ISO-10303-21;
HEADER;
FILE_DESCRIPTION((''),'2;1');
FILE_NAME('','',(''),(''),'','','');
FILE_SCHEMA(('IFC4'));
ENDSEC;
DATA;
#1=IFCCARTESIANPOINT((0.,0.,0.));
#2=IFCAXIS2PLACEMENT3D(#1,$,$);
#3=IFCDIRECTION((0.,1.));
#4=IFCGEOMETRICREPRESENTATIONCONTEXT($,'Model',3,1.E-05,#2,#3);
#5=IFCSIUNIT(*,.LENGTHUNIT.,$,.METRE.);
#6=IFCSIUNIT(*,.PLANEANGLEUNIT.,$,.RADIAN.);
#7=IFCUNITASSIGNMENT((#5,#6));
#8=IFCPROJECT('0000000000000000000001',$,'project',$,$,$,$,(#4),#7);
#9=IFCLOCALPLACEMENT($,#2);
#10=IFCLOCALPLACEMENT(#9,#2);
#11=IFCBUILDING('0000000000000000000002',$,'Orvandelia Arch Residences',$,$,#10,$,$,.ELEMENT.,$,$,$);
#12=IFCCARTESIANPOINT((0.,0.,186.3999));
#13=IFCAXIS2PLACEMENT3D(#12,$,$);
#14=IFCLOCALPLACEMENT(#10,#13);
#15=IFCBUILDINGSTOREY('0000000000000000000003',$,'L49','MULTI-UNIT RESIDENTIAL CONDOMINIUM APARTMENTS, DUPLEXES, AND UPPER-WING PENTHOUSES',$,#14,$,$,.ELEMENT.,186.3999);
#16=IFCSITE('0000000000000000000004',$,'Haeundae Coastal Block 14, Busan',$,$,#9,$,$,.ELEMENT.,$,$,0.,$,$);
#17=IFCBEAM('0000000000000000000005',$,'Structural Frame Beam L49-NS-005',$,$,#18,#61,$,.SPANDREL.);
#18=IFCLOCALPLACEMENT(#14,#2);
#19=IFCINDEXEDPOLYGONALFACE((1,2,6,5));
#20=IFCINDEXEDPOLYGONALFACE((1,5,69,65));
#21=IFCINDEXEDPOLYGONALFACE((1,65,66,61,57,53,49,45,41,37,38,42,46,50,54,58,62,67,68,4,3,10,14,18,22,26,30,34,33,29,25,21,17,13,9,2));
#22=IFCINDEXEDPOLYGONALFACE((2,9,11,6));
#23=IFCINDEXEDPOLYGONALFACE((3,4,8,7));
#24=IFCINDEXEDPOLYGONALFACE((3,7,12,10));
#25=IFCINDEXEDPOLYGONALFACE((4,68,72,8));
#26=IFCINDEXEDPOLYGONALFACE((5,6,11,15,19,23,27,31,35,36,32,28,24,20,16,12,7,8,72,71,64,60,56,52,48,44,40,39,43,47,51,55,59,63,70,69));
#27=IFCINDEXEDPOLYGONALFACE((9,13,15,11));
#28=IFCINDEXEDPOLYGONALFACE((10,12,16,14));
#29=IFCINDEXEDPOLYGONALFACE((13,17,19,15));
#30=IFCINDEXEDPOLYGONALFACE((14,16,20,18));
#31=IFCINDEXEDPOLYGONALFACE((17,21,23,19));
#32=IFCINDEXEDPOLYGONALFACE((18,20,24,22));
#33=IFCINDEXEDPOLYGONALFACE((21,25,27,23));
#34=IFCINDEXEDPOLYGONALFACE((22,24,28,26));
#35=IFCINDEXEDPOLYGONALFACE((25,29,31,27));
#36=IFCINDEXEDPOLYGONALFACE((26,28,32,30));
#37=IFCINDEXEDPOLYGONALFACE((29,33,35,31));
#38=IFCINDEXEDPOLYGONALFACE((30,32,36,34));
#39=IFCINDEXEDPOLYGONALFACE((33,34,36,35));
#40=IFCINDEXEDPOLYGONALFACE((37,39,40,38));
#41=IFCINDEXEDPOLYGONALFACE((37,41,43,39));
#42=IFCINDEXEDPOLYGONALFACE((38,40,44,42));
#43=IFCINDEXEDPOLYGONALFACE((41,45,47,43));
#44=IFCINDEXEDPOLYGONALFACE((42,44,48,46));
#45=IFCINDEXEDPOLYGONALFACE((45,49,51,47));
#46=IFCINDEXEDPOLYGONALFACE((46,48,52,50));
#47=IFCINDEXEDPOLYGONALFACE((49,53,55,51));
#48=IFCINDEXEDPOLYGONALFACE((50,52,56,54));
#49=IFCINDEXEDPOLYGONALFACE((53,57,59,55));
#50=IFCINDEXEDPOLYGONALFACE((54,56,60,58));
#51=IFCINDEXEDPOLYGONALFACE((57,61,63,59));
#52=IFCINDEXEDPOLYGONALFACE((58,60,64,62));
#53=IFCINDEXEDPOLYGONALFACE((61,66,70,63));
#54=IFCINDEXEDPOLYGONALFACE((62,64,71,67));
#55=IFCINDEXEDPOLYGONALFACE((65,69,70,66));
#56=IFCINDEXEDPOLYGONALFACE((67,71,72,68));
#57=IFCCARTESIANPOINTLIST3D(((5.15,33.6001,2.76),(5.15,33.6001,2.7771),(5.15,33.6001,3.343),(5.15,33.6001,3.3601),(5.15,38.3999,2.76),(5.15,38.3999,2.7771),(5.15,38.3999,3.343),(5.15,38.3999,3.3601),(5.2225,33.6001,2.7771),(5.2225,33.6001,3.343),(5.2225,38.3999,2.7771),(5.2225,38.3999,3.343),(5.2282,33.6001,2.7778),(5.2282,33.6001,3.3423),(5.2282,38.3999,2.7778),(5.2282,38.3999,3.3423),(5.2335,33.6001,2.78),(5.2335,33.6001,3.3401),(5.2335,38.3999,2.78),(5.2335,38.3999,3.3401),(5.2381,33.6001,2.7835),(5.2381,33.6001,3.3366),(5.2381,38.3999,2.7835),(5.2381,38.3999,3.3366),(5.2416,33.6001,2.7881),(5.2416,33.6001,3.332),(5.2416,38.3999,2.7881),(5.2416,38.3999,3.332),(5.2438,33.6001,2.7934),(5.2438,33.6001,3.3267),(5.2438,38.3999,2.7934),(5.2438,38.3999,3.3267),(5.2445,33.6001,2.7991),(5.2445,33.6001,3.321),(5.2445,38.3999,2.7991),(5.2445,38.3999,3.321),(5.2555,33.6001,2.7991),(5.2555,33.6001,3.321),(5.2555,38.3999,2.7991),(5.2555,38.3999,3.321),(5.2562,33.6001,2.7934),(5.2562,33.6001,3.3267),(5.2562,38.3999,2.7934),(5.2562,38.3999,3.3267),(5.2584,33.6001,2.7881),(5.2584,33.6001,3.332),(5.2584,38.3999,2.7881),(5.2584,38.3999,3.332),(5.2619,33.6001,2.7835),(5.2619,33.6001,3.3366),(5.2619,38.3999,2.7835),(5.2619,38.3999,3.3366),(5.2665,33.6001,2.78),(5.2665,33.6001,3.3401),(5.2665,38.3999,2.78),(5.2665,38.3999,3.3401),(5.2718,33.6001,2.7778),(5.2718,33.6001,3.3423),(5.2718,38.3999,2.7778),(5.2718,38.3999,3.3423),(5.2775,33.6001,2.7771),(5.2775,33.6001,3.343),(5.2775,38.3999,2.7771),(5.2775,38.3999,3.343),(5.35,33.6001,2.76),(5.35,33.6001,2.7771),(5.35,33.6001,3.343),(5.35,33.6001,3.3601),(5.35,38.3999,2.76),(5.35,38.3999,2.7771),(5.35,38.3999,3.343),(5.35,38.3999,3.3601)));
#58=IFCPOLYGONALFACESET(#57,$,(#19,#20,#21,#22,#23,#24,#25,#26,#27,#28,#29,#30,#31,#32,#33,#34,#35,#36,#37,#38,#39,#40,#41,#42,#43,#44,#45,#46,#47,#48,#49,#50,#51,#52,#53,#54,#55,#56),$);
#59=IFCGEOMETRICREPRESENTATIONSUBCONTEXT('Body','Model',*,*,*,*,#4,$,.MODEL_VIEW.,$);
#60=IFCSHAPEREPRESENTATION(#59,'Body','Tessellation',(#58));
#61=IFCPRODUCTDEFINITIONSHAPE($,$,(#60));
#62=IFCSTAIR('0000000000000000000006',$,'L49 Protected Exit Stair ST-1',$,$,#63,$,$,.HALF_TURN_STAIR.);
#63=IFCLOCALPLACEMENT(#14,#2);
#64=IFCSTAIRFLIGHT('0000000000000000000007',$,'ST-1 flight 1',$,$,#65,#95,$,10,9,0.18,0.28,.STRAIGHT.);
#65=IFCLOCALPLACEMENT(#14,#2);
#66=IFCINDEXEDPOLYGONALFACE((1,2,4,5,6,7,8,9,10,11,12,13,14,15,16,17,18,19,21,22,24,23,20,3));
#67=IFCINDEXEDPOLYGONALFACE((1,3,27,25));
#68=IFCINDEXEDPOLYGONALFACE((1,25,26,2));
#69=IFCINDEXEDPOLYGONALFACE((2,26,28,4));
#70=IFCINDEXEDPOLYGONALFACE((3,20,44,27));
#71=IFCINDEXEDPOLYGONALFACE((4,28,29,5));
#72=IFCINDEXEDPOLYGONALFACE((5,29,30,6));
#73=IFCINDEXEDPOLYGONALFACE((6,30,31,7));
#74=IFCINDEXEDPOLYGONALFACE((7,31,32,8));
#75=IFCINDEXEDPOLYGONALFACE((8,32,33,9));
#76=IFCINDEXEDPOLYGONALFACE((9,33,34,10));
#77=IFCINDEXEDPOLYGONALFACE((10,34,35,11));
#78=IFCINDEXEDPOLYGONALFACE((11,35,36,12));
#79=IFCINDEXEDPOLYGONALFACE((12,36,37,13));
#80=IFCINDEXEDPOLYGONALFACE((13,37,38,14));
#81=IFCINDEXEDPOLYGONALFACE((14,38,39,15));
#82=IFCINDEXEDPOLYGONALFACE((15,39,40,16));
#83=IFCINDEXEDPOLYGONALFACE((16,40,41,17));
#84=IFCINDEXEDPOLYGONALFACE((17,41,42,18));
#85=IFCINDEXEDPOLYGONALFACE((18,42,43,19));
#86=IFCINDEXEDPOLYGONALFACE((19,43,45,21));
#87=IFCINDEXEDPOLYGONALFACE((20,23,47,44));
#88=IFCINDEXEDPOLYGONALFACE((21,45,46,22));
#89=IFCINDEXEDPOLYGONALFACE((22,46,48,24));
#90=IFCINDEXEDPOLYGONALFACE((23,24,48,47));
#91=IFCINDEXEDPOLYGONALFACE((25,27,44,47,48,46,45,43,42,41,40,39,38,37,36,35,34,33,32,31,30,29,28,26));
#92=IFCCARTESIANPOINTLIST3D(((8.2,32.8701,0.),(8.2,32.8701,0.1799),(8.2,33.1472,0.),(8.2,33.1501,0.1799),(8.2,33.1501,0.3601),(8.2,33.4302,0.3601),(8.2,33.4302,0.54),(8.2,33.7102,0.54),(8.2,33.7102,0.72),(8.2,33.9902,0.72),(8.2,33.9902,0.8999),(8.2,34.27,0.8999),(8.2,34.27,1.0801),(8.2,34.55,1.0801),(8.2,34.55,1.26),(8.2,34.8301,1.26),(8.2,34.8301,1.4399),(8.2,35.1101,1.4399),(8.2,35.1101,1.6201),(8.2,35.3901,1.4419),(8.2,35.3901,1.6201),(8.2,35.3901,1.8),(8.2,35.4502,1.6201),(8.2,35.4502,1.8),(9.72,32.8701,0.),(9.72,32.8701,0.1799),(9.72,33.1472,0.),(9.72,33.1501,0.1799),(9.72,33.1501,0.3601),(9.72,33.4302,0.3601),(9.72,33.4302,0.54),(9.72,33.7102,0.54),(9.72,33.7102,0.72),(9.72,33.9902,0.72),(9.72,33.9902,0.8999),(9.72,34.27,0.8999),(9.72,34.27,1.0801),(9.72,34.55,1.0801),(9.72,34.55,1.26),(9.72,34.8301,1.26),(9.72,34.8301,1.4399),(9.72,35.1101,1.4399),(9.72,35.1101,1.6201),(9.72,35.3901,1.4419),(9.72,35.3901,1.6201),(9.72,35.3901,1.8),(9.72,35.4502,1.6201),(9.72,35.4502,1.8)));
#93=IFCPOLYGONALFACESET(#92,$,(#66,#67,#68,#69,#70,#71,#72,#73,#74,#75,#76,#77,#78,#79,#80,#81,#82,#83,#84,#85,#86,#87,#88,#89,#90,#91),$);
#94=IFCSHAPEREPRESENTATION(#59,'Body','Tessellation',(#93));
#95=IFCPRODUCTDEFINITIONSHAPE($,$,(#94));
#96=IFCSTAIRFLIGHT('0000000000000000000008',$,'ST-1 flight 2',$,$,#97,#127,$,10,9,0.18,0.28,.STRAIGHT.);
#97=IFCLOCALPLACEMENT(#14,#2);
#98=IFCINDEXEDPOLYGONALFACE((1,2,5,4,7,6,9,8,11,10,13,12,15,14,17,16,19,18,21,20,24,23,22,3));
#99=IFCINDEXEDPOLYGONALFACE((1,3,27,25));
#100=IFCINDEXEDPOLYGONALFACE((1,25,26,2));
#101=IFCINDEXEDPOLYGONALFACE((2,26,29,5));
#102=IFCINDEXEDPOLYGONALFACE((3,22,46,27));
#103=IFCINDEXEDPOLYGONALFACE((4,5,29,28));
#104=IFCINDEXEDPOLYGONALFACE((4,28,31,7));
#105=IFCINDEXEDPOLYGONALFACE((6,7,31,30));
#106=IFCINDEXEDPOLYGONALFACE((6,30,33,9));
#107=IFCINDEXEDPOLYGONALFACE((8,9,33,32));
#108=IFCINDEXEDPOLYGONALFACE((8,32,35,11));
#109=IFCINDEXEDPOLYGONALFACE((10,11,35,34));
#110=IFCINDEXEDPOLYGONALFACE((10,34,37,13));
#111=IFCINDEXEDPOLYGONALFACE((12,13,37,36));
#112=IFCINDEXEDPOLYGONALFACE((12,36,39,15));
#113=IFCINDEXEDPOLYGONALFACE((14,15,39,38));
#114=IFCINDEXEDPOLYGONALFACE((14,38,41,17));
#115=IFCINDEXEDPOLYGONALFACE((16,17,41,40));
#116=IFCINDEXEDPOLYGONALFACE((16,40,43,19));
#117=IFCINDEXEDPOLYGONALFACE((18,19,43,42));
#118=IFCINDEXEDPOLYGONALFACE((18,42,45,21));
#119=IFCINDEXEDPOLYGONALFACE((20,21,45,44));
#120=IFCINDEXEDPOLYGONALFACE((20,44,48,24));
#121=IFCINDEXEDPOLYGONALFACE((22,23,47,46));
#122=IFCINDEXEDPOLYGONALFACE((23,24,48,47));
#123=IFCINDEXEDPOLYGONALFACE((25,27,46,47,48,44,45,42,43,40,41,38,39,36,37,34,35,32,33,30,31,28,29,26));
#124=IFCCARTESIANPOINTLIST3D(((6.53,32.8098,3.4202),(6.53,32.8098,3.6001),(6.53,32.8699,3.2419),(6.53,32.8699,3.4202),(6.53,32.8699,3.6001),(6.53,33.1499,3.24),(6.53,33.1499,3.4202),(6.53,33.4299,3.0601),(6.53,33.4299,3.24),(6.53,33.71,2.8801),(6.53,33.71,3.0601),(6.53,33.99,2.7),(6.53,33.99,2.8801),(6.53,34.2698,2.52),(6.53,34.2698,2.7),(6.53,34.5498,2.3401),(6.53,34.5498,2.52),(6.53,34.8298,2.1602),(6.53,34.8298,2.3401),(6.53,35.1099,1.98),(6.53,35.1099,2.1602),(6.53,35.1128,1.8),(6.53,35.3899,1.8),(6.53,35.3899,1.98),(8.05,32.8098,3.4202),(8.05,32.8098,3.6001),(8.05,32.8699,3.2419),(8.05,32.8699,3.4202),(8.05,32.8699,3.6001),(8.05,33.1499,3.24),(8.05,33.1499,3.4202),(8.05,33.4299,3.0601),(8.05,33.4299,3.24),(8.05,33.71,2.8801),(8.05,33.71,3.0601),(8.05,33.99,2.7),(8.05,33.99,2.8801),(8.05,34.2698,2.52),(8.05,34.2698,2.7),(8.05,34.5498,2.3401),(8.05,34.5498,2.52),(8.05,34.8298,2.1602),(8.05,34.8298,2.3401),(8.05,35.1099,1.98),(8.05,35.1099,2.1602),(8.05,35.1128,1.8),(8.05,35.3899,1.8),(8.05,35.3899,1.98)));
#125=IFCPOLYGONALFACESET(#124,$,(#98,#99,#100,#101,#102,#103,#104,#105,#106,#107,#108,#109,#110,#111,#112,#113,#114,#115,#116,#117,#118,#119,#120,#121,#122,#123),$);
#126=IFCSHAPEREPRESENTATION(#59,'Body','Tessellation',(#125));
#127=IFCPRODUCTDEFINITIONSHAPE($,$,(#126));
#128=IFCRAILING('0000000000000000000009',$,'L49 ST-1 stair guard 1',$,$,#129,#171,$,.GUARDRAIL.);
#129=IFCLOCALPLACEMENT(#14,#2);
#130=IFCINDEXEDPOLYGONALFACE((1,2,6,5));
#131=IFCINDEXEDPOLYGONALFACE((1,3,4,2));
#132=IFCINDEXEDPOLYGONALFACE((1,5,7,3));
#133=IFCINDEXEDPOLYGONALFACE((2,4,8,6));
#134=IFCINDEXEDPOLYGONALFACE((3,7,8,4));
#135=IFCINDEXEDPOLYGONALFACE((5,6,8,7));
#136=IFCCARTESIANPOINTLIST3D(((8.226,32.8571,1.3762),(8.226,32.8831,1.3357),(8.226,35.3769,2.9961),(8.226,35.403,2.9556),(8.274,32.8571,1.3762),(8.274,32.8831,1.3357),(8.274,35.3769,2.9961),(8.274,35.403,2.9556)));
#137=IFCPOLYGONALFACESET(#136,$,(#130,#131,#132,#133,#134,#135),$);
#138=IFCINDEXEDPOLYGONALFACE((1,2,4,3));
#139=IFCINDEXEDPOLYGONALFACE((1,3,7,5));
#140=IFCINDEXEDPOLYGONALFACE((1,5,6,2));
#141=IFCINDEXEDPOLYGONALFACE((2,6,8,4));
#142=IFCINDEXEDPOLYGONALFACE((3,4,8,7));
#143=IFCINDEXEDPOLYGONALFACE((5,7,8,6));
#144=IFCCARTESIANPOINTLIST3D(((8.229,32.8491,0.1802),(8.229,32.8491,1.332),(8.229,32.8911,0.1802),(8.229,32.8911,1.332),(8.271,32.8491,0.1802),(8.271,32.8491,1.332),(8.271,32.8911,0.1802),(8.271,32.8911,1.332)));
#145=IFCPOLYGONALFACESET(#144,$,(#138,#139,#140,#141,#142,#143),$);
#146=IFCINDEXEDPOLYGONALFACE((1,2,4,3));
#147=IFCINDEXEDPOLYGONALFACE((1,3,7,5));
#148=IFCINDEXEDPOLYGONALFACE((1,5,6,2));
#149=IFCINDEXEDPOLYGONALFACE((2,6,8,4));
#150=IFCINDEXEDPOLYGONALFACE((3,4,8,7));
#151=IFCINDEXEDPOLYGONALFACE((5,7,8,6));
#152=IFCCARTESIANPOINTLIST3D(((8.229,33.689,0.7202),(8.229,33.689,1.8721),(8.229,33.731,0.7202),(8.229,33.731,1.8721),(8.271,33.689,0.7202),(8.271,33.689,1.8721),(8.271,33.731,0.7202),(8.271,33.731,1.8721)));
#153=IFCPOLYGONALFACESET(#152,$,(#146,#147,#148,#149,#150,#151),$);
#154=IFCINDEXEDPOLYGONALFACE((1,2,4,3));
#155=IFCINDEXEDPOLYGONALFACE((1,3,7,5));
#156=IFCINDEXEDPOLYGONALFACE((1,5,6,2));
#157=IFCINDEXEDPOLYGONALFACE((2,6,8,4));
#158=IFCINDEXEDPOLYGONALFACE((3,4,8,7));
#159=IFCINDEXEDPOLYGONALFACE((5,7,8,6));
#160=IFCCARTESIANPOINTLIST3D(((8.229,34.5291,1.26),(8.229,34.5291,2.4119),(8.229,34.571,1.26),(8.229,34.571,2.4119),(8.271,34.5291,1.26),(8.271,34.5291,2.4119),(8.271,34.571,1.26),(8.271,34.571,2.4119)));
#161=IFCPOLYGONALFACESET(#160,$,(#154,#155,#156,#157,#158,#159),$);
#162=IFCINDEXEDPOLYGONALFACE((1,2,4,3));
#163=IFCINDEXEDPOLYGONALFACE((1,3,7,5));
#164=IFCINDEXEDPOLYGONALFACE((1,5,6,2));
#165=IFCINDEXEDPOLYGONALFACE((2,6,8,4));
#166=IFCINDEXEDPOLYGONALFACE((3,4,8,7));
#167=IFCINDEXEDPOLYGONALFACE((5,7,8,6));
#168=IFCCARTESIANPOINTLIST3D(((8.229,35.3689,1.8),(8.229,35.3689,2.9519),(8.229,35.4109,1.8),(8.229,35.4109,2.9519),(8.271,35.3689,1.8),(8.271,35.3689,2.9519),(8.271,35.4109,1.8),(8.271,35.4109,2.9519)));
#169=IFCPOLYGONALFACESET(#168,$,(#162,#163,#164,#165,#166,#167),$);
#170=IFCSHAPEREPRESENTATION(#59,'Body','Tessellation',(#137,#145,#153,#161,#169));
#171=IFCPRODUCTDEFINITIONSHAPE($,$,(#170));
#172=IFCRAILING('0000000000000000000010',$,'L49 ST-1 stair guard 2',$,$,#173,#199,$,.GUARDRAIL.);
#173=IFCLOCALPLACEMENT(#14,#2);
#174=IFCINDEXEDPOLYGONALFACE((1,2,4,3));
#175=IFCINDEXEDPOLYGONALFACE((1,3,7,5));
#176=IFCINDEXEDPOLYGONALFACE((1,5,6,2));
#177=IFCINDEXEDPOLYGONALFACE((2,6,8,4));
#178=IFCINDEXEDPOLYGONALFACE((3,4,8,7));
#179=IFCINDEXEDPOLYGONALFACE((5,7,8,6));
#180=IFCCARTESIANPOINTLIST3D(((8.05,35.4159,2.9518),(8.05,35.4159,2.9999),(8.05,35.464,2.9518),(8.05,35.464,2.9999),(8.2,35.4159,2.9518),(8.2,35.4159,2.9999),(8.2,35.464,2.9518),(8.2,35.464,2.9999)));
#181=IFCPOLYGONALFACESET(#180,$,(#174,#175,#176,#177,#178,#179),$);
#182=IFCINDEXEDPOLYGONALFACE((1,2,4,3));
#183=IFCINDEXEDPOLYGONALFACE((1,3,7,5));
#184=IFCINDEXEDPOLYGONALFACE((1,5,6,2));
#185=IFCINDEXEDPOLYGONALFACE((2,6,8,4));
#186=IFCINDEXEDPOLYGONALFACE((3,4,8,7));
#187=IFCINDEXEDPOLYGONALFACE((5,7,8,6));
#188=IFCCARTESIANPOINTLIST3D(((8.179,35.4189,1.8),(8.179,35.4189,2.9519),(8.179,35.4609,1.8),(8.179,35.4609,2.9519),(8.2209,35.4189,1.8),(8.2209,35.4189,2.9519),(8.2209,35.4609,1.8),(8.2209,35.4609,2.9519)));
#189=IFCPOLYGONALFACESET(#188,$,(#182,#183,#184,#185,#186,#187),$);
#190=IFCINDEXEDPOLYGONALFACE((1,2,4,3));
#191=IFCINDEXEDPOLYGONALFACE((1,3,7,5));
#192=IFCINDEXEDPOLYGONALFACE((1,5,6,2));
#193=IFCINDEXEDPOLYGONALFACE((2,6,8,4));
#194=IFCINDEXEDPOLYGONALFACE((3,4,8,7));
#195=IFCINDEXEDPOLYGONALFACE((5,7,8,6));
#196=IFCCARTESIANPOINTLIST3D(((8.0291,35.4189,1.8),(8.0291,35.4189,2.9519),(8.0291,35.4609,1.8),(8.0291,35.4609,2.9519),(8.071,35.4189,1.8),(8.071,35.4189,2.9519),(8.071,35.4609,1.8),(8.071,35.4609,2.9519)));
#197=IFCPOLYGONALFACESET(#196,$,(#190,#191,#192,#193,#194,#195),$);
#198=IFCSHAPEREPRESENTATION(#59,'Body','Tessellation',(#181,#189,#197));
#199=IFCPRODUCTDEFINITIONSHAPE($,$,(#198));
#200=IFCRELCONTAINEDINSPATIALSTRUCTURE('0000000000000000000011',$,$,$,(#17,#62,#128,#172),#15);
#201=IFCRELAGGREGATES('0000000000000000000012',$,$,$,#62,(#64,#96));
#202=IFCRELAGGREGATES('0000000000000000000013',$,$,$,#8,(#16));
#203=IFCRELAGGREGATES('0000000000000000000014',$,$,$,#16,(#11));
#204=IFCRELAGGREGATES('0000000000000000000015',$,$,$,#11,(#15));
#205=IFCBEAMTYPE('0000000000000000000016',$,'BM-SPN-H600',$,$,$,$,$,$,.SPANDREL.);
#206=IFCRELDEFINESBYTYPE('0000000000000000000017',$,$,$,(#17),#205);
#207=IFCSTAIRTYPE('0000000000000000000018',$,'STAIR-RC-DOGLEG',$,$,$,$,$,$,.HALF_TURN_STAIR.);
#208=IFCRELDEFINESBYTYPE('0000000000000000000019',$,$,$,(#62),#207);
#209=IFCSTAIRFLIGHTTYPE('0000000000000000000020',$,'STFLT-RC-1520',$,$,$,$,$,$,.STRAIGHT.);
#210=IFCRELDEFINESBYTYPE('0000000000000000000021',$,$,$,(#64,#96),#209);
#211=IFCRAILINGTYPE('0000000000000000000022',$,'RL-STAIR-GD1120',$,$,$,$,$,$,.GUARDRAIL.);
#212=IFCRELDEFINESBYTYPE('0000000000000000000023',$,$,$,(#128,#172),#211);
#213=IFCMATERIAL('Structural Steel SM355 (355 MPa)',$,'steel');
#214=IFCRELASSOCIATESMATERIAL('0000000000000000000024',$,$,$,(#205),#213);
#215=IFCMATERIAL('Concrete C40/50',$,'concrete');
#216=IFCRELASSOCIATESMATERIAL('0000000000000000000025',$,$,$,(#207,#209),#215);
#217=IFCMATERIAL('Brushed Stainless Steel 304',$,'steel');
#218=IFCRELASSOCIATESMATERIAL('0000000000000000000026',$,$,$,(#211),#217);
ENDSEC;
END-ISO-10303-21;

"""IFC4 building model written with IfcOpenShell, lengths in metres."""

from ifc_helpers import new_model, si_unit, direction, frame, origin, origin_2d, place, context, subcontext, project, spatial, polyline, rectangle, i_section, outline, extrude, material, material_profile, profile_set, type_object, element, aggregate, save


model = new_model("IFC4")

# Units and contexts
model_context = context("Model", 3, precision=1e-05, world=origin(), true_north=direction((0.0, 1.0)))
body_context = subcontext(model_context, "Body", "Model", "MODEL_VIEW")
ifc_project = project(units=[si_unit("LENGTHUNIT", "METRE"), si_unit("PLANEANGLEUNIT", "RADIAN")], contexts=[model_context])

# Site, building, storey
site_placement = place(None, origin())
site = spatial("IfcSite", under=ifc_project, at=site_placement, Name="Haeundae Coastal Block 14, Busan", CompositionType="ELEMENT", RefElevation=0.0)
building_placement = place(site_placement, origin())
building = spatial("IfcBuilding", under=site, at=building_placement, Name="Orvandelia Arch Residences", CompositionType="ELEMENT")
storey_placement = place(building_placement, frame((0.0, 0.0, 186.3999)))
storey = spatial("IfcBuildingStorey", under=building, at=storey_placement, Name="L49", Description="MULTI-UNIT RESIDENTIAL CONDOMINIUM APARTMENTS, DUPLEXES, AND UPPER-WING PENTHOUSES", CompositionType="ELEMENT", Elevation=186.3999)

# Beam
ifc_material_1 = material(Name="Structural Steel SM355 (355 MPa)", Category="steel")
ifc_material_profile_1 = material_profile(ifc_material_1, i_section(OverallWidth=0.2, OverallDepth=0.6001, WebThickness=0.011, FlangeThickness=0.0171, FilletRadius=0.022, at=origin_2d()), Name="Structural Steel SM355 (355 MPa)", Category="steel")
ifc_profile_set_1 = profile_set([ifc_material_profile_1], Name="Structural Steel SM355 (355 MPa)")
beam_type_1 = type_object("IfcBeamType", Name="BM-SPN-H600", PredefinedType="SPANDREL", material=ifc_profile_set_1)
beam_1_placement = place(storey_placement, frame((5.25, 33.6001, 3.0601), z_axis=(0.0, 1.0, 0.0), x_axis=(-1.0, 0.0, 0.0)))
element("IfcBeam", 1, at=beam_1_placement, inside=storey, type_object=beam_type_1, Name="Structural Frame Beam L49-NS-005", PredefinedType="SPANDREL", context=body_context, shape_type="SweptSolid", body=[
    extrude(i_section(OverallWidth=0.2, OverallDepth=0.6001, WebThickness=0.011, FlangeThickness=0.0171, FilletRadius=0.022, at=origin_2d()), origin(), (0.0, 0.0, 1.0), 4.7998),
])

# Stair, stair flights
ifc_material_2 = material(Name="Concrete C40/50", Category="concrete")
stair_type = type_object("IfcStairType", Name="STAIR-RC-DOGLEG", PredefinedType="HALF_TURN_STAIR", material=ifc_material_2)
stair_placement = place(storey_placement, origin())
stair = element("IfcStair", 2, at=stair_placement, inside=storey, type_object=stair_type, Name="L49 Protected Exit Stair ST-1", PredefinedType="HALF_TURN_STAIR")
stair_flight_type = type_object("IfcStairFlightType", Name="STFLT-RC-1520", PredefinedType="STRAIGHT", material=ifc_material_2)
stair_flight_1_placement = place(storey_placement, frame((8.96, 32.8701, 0.0), z_axis=(0.0, 0.0, 1.0), x_axis=(0.0, 1.0, 0.0)))
stair_flight_1 = element("IfcStairFlight", 3, at=stair_flight_1_placement, type_object=stair_flight_type, Name="ST-1 flight 1", NumberOfRisers=10, NumberOfTreads=9, PredefinedType="STRAIGHT", RiserHeight=0.18, TreadLength=0.28, context=body_context, shape_type="SweptSolid", body=[
    extrude(outline(polyline([(0.0, 0.0), (0.0, 0.1799), (0.28, 0.1799), (0.28, 0.3601), (0.5601, 0.3601), (0.5601, 0.54), (0.8401, 0.54), (0.8401, 0.72), (1.1201, 0.72), (1.1201, 0.8999), (1.3999, 0.8999), (1.3999, 1.0801), (1.6799, 1.0801), (1.6799, 1.26), (1.96, 1.26), (1.96, 1.4399), (2.24, 1.4399), (2.24, 1.6201), (2.52, 1.6201), (2.52, 1.8), (2.5801, 1.8), (2.5801, 1.6201), (2.52, 1.4419), (0.2771, 0.0), (0.0, 0.0)])), frame((0.0, 0.76, 0.0), z_axis=(0.0, -1.0, 0.0), x_axis=(1.0, 0.0, 0.0)), (0.0, 0.0, 1.0), 1.52),
])
stair_flight_2_placement = place(storey_placement, frame((7.29, 35.3899, 1.8), z_axis=(0.0, 0.0, 1.0), x_axis=(0.0, -1.0, 0.0)))
stair_flight_2 = element("IfcStairFlight", 4, at=stair_flight_2_placement, type_object=stair_flight_type, Name="ST-1 flight 2", NumberOfRisers=10, NumberOfTreads=9, PredefinedType="STRAIGHT", RiserHeight=0.18, TreadLength=0.28, context=body_context, shape_type="SweptSolid", body=[
    extrude(outline(polyline([(0.0, 0.0), (0.0, 0.1799), (0.28, 0.1799), (0.28, 0.3601), (0.5601, 0.3601), (0.5601, 0.54), (0.8401, 0.54), (0.8401, 0.72), (1.1201, 0.72), (1.1201, 0.8999), (1.3999, 0.8999), (1.3999, 1.0801), (1.6799, 1.0801), (1.6799, 1.26), (1.96, 1.26), (1.96, 1.4399), (2.24, 1.4399), (2.24, 1.6201), (2.52, 1.6201), (2.52, 1.8), (2.5801, 1.8), (2.5801, 1.6201), (2.52, 1.4419), (0.2771, 0.0), (0.0, 0.0)])), frame((0.0, 0.76, 0.0), z_axis=(0.0, -1.0, 0.0), x_axis=(1.0, 0.0, 0.0)), (0.0, 0.0, 1.0), 1.52),
])
aggregate(stair, [stair_flight_1, stair_flight_2])

# Railings
ifc_material_3 = material(Name="Brushed Stainless Steel 304", Category="steel")
railing_type_1 = type_object("IfcRailingType", Name="RL-STAIR-GD1120", PredefinedType="GUARDRAIL", material=ifc_material_3)
railing_1_placement = place(storey_placement, frame((8.25, 32.8701, 0.1802)))
element("IfcRailing", 5, at=railing_1_placement, inside=storey, type_object=railing_type_1, Name="L49 ST-1 stair guard 1", PredefinedType="GUARDRAIL", context=body_context, shape_type="SweptSolid", body=[
    extrude(rectangle(XDim=0.0481, YDim=0.0481, at=origin_2d()), frame((0.0, 0.0, 1.1758), z_axis=(0.0, 0.841176, 0.540762), x_axis=(-1.0, 0.0, 0.0)), (0.0, 0.0, 1.0), 2.9956),
    extrude(rectangle(XDim=0.042, YDim=0.042, at=origin_2d()), origin(), (0.0, 0.0, 1.0), 1.1519),
    extrude(rectangle(XDim=0.042, YDim=0.042, at=origin_2d()), frame((0.0, 0.8398, 0.54)), (0.0, 0.0, 1.0), 1.1519),
    extrude(rectangle(XDim=0.042, YDim=0.042, at=origin_2d()), frame((0.0, 1.6799, 1.0798)), (0.0, 0.0, 1.0), 1.1519),
    extrude(rectangle(XDim=0.042, YDim=0.042, at=origin_2d()), frame((0.0, 2.5198, 1.6199)), (0.0, 0.0, 1.0), 1.1519),
])
railing_2_placement = place(storey_placement, frame((8.2, 35.4399, 1.8)))
element("IfcRailing", 6, at=railing_2_placement, inside=storey, type_object=railing_type_1, Name="L49 ST-1 stair guard 2", PredefinedType="GUARDRAIL", context=body_context, shape_type="SweptSolid", body=[
    extrude(rectangle(XDim=0.0481, YDim=0.0481, at=origin_2d()), frame((0.0, 0.0, 1.1758), z_axis=(-1.0, 0.0, 0.0), x_axis=(0.0, -1.0, 0.0)), (0.0, 0.0, 1.0), 0.1499),
    extrude(rectangle(XDim=0.042, YDim=0.042, at=origin_2d()), origin(), (0.0, 0.0, 1.0), 1.1519),
    extrude(rectangle(XDim=0.042, YDim=0.042, at=origin_2d()), frame((-0.1499, 0.0, 0.0)), (0.0, 0.0, 1.0), 1.1519),
])

save(model, "model.ifc")
